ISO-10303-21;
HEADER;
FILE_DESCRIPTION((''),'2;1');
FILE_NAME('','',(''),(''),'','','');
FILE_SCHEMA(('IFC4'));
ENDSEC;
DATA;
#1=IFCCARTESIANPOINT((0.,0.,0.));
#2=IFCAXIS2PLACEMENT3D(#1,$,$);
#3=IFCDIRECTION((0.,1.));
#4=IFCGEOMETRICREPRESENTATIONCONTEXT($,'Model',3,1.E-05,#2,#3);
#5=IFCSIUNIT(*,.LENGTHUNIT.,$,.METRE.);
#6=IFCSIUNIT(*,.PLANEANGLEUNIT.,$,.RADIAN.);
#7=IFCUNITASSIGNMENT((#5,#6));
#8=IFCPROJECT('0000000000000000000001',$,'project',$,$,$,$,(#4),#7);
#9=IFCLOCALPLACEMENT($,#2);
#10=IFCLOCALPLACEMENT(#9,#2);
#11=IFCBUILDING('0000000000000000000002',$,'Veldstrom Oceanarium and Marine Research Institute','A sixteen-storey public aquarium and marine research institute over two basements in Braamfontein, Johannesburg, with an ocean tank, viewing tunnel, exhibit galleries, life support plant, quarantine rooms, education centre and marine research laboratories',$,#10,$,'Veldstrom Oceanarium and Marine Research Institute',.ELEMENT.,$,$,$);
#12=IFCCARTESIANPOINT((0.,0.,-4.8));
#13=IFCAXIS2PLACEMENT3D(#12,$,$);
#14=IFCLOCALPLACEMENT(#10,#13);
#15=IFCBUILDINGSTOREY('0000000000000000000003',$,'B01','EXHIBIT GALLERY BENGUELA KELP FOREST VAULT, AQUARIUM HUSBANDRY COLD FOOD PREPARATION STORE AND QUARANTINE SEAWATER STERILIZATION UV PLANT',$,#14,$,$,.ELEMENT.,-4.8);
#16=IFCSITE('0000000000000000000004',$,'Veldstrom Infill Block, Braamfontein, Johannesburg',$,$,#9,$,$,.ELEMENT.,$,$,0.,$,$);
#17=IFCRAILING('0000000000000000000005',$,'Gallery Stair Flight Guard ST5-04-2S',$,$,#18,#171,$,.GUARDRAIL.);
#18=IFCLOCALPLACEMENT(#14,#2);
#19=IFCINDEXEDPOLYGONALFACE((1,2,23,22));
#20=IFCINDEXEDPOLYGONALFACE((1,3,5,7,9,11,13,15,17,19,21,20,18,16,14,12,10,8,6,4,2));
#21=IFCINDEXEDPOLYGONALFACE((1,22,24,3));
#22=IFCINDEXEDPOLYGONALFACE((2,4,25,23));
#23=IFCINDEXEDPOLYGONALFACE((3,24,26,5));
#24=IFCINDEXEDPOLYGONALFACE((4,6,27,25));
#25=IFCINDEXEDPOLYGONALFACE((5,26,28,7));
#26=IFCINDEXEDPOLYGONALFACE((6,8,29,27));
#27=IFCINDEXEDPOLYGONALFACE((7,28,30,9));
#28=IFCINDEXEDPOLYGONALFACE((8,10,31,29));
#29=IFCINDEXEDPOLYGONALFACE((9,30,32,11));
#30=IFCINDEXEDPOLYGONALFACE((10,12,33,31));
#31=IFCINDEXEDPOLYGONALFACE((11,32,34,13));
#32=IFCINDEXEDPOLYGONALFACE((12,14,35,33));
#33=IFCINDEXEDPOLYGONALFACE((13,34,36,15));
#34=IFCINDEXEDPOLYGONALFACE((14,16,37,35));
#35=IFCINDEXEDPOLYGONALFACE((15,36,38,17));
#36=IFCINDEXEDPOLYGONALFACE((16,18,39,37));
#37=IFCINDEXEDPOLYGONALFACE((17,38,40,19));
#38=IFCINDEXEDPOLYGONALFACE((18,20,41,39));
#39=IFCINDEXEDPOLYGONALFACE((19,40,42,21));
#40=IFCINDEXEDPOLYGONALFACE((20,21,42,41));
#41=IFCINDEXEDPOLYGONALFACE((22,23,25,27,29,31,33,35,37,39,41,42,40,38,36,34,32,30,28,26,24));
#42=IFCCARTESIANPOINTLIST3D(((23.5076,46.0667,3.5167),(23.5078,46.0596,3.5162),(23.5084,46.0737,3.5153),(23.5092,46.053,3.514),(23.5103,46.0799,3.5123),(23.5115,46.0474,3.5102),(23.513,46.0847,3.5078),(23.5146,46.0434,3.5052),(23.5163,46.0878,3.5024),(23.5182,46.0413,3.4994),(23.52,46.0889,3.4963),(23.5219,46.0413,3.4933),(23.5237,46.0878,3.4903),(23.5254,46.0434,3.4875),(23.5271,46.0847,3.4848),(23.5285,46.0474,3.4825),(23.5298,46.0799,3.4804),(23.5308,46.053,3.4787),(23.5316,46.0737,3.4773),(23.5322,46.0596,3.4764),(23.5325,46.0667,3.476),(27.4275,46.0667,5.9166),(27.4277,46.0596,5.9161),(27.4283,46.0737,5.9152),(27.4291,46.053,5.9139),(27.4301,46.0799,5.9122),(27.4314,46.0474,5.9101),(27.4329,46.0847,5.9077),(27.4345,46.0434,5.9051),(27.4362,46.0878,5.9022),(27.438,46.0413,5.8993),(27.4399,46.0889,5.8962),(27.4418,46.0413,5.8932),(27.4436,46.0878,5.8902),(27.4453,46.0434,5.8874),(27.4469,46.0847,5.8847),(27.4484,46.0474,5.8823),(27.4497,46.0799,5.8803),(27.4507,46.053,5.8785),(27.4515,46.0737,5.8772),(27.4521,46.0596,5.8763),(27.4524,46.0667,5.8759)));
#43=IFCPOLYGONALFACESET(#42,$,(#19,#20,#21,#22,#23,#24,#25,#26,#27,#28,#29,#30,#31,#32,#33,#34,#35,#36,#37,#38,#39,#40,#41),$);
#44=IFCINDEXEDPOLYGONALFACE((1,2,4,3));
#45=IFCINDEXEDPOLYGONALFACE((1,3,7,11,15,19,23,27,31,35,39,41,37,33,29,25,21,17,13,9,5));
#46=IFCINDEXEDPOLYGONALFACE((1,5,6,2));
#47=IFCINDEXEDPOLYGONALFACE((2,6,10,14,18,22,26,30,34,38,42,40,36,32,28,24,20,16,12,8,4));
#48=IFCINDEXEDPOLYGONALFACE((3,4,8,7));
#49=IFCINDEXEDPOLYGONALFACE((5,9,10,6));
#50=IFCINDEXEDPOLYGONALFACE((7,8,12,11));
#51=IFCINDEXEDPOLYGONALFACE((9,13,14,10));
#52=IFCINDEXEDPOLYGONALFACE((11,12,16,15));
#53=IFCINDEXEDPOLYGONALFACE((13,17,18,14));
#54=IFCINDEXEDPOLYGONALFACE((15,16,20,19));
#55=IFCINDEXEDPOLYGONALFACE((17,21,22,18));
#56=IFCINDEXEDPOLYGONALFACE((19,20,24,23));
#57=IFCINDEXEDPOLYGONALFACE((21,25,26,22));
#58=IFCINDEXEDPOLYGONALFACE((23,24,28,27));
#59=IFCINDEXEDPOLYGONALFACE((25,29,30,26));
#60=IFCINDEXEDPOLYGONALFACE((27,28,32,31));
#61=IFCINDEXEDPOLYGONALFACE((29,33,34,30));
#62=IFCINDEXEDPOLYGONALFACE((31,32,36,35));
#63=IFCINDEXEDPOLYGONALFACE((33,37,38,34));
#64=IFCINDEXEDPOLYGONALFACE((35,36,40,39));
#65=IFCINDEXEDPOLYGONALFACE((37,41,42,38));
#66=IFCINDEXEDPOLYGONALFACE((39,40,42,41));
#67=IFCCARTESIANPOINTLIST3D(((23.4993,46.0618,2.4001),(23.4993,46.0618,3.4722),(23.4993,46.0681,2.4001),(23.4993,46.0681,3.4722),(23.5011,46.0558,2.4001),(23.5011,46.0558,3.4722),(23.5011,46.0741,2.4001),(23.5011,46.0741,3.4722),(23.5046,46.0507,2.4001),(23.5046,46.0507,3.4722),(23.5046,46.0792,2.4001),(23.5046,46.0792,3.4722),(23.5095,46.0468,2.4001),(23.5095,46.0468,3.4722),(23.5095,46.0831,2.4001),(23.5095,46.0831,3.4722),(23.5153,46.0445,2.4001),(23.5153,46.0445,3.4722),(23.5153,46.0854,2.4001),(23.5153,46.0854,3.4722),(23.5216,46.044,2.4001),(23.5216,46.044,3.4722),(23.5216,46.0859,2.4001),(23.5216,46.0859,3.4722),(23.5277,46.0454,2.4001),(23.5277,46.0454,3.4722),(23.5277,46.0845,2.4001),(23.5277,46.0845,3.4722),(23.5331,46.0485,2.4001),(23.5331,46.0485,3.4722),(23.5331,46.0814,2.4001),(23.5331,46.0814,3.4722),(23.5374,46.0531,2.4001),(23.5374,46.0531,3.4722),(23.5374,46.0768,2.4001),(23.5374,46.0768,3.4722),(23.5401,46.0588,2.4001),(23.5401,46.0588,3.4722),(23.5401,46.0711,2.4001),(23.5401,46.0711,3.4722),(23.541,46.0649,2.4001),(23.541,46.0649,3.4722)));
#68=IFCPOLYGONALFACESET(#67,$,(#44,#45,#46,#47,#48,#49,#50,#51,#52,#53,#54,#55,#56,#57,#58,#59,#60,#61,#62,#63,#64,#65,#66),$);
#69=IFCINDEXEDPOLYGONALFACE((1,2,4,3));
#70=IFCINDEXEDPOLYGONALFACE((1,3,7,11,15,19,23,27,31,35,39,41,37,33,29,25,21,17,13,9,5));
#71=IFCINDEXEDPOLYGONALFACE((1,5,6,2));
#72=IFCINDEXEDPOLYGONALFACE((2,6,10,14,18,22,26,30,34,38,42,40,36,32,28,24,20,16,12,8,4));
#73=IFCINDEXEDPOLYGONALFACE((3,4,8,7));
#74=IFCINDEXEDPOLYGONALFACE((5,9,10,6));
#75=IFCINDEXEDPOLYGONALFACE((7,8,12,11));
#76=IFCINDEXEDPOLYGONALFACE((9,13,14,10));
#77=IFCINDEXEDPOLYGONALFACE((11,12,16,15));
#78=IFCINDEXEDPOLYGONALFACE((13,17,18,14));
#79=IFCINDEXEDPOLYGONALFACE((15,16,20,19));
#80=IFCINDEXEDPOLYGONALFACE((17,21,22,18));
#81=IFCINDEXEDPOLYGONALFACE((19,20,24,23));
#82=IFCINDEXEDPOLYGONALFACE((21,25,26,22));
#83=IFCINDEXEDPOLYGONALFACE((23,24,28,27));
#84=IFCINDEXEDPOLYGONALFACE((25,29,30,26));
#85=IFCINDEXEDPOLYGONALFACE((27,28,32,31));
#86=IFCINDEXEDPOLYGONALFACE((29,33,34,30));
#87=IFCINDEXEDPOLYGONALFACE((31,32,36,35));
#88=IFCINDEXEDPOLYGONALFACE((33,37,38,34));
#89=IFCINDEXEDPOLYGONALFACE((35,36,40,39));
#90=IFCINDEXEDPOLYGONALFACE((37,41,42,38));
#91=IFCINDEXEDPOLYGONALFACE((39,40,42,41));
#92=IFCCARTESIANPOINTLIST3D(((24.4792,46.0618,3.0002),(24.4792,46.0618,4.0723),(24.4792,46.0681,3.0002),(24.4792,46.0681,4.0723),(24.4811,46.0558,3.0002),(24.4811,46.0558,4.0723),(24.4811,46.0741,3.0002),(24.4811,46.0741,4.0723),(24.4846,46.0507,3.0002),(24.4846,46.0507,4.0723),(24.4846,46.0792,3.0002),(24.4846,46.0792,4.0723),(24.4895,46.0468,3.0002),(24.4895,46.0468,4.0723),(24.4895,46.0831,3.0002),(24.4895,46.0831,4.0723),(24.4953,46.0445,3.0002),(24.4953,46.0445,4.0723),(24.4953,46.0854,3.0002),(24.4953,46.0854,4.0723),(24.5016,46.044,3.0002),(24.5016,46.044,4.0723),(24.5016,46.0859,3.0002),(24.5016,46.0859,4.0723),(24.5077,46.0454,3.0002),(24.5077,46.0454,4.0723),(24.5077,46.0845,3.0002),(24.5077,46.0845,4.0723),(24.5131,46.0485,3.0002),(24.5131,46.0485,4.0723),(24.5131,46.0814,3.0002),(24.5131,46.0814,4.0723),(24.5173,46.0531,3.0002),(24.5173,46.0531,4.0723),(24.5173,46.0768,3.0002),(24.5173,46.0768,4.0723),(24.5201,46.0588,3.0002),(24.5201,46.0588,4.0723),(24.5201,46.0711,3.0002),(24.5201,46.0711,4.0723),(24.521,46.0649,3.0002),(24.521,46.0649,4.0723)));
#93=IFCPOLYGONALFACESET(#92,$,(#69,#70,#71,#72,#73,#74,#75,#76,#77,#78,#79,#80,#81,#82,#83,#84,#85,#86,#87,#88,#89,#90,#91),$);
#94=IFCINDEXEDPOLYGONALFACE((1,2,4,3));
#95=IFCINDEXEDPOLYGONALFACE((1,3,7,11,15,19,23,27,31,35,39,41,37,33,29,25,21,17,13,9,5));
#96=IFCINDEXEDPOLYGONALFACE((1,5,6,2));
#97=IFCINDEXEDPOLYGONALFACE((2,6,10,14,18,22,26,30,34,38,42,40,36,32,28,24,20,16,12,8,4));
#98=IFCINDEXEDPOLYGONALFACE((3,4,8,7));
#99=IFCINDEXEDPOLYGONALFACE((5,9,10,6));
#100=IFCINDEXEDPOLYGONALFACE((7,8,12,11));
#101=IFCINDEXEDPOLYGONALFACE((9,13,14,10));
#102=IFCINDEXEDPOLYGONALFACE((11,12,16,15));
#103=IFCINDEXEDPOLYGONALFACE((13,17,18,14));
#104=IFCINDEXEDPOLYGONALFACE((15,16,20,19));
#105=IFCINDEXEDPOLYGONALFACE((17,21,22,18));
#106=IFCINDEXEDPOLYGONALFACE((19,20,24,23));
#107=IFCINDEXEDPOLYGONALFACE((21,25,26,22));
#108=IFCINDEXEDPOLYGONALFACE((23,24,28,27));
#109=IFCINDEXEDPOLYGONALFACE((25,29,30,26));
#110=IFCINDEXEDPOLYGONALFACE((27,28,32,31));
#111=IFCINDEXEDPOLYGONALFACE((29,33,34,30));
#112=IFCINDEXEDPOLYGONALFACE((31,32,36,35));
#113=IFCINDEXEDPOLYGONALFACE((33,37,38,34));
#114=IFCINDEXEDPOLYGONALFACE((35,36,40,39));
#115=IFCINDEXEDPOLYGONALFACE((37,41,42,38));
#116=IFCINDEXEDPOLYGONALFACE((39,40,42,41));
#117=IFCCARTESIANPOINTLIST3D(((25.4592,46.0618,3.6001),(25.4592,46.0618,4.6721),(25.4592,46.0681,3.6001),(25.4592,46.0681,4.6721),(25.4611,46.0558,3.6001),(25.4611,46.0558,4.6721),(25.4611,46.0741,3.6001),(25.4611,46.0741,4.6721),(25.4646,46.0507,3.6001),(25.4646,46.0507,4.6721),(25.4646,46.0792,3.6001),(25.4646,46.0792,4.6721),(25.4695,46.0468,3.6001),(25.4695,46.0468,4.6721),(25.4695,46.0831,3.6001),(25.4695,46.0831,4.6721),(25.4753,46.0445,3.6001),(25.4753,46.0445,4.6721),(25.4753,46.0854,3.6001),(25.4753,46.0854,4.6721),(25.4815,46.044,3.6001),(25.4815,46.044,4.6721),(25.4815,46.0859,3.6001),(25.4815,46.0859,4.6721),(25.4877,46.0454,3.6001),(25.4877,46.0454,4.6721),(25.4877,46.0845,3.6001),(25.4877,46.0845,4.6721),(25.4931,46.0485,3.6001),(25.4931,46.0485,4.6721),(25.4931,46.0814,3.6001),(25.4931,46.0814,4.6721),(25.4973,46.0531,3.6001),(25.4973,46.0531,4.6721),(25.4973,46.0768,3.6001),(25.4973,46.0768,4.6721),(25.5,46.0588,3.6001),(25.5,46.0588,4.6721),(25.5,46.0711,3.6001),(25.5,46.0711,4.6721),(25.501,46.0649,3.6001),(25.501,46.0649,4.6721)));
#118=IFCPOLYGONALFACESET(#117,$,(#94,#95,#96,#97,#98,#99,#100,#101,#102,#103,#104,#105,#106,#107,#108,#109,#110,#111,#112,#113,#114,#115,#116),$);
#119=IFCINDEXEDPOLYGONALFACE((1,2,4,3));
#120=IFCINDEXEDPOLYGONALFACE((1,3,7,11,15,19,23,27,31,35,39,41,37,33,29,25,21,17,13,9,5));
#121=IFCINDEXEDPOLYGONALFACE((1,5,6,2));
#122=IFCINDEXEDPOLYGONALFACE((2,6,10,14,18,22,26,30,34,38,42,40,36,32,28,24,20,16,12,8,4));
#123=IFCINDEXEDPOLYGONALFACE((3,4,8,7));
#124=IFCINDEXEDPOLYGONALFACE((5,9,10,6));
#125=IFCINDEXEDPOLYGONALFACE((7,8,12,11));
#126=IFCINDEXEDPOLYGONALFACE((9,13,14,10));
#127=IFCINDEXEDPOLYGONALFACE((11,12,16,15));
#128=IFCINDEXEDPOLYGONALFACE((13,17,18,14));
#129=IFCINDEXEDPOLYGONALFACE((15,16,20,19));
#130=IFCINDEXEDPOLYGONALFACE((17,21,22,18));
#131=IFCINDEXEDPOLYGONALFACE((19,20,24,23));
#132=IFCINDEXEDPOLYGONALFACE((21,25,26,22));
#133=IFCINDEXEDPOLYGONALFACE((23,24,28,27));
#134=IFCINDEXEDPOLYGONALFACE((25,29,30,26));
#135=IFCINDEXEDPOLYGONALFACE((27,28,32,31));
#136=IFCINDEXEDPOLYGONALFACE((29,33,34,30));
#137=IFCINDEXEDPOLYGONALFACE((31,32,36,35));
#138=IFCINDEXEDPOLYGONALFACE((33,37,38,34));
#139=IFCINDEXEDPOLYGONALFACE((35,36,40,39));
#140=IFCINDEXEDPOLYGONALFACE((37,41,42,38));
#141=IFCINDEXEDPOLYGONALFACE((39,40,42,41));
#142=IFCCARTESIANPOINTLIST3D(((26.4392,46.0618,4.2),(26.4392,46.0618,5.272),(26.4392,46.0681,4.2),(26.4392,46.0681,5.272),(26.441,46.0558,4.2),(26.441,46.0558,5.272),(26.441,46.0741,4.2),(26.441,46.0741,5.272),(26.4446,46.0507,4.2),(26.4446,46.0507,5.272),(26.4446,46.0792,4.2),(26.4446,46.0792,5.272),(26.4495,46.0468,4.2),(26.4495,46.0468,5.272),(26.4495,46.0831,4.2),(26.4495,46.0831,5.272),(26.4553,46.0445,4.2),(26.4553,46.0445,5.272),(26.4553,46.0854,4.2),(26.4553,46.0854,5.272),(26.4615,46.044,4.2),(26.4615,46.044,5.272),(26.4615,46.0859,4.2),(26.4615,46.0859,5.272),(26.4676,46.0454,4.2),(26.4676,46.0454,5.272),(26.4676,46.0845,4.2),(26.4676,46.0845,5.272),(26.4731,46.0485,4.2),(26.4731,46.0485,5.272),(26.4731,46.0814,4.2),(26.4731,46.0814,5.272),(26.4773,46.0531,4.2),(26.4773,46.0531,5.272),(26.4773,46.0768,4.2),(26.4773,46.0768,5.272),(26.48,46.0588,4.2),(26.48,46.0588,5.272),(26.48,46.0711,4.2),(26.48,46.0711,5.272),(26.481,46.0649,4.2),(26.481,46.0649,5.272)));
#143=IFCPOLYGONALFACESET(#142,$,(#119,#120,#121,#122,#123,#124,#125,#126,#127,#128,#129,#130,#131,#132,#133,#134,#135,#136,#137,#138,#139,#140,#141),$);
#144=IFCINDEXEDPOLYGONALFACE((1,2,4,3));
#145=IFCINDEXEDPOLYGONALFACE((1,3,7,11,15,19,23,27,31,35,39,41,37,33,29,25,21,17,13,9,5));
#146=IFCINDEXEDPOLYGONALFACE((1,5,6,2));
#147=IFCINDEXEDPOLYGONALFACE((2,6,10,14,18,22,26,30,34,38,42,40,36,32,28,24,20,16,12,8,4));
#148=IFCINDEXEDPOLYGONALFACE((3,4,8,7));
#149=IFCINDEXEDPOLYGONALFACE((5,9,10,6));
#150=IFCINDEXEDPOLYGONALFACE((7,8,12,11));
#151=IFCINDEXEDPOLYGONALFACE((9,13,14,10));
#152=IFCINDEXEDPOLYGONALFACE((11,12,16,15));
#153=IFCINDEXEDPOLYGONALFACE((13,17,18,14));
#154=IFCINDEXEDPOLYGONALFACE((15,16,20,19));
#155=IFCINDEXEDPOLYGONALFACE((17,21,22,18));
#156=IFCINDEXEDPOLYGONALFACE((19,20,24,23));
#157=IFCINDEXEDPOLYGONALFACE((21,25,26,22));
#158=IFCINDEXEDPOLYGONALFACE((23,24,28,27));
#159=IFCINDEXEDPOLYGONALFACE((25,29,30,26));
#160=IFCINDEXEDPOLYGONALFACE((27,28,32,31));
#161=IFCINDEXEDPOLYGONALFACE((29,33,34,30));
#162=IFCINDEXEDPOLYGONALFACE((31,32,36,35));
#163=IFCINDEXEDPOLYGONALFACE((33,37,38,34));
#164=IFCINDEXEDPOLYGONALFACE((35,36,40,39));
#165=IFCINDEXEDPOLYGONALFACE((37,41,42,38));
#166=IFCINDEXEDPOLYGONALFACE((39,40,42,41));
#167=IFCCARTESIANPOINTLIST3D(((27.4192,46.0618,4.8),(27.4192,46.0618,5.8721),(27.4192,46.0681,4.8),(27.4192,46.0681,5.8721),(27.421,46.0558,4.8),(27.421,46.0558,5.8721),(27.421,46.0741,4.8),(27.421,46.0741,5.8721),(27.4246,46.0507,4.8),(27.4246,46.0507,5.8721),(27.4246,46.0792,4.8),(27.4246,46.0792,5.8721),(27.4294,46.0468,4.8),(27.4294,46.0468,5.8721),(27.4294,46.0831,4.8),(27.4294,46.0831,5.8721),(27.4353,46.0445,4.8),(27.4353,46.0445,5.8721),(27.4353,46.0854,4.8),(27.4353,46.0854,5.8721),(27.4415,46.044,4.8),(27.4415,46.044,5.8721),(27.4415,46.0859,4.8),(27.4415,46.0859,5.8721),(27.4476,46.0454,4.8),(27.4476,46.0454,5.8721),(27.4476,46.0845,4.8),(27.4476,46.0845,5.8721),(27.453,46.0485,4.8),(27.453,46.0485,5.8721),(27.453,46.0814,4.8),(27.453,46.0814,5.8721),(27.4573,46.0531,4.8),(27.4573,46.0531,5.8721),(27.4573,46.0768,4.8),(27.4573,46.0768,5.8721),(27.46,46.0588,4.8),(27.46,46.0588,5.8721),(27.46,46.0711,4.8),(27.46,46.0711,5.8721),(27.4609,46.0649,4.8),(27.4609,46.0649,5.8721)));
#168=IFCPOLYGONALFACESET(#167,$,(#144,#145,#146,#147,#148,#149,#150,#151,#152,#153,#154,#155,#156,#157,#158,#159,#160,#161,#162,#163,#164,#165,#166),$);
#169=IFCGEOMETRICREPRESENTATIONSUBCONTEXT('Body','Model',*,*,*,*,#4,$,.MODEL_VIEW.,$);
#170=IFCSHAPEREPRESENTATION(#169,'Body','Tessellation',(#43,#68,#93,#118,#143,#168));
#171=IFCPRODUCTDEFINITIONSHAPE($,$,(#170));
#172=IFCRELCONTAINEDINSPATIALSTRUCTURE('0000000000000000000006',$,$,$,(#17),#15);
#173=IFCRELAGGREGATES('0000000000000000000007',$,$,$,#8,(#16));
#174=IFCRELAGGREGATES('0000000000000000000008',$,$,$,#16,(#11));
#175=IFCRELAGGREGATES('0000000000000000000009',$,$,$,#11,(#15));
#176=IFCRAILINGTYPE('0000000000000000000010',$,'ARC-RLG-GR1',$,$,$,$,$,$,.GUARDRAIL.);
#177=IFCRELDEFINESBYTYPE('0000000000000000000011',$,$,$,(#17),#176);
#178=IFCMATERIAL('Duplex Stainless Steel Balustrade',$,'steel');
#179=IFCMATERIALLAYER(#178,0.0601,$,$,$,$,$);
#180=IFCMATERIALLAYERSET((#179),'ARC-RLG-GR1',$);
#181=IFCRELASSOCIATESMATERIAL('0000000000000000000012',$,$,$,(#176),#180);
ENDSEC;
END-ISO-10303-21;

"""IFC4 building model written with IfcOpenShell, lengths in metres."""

from ifc_helpers import new_model, si_unit, direction, frame, origin, origin_2d, place, context, subcontext, project, spatial, circle, extrude, material, layer, layer_set, type_object, element, save


model = new_model("IFC4")

# Units and contexts
model_context = context("Model", 3, precision=1e-05, world=origin(), true_north=direction((0.0, 1.0)))
body_context = subcontext(model_context, "Body", "Model", "MODEL_VIEW")
ifc_project = project(units=[si_unit("LENGTHUNIT", "METRE"), si_unit("PLANEANGLEUNIT", "RADIAN")], contexts=[model_context])

# Site, building, storey
site_placement = place(None, origin())
site = spatial("IfcSite", under=ifc_project, at=site_placement, Name="Veldstrom Infill Block, Braamfontein, Johannesburg", CompositionType="ELEMENT", RefElevation=0.0)
building_placement = place(site_placement, origin())
building = spatial("IfcBuilding", under=site, at=building_placement, Name="Veldstrom Oceanarium and Marine Research Institute", Description="A sixteen-storey public aquarium and marine research institute over two basements in Braamfontein, Johannesburg, with an ocean tank, viewing tunnel, exhibit galleries, life support plant, quarantine rooms, education centre and marine research laboratories", LongName="Veldstrom Oceanarium and Marine Research Institute", CompositionType="ELEMENT")
storey_placement = place(building_placement, frame((0.0, 0.0, -4.8)))
storey = spatial("IfcBuildingStorey", under=building, at=storey_placement, Name="B01", Description="EXHIBIT GALLERY BENGUELA KELP FOREST VAULT, AQUARIUM HUSBANDRY COLD FOOD PREPARATION STORE AND QUARANTINE SEAWATER STERILIZATION UV PLANT", CompositionType="ELEMENT", Elevation=-4.8)

# Railing
ifc_material_1 = material(Name="Duplex Stainless Steel Balustrade", Category="steel")
ifc_layer_1 = layer(ifc_material_1, 0.0601)
ifc_layer_set_1 = layer_set([ifc_layer_1], Name="ARC-RLG-GR1")
railing_type = type_object("IfcRailingType", Name="ARC-RLG-GR1", PredefinedType="GUARDRAIL", material=ifc_layer_set_1)
railing_1_placement = place(storey_placement, frame((23.52, 46.0649, 2.4001)))
element("IfcRailing", 1, at=railing_1_placement, inside=storey, type_object=railing_type, Name="Gallery Stair Flight Guard ST5-04-2S", PredefinedType="GUARDRAIL", context=body_context, shape_type="SweptSolid", body=[
    extrude(circle(Radius=0.0239, at=origin_2d()), frame((0.0, 0.0, 1.0962), z_axis=(0.852856, 0.0, 0.522146), x_axis=(0.0, 1.0, 0.0)), (0.0, 0.0, 1.0), 4.5962),
    extrude(circle(Radius=0.021, at=origin_2d()), origin(), (0.0, 0.0, 1.0), 1.072),
    extrude(circle(Radius=0.021, at=origin_2d()), frame((0.98, 0.0, 0.6001)), (0.0, 0.0, 1.0), 1.072),
    extrude(circle(Radius=0.021, at=origin_2d()), frame((1.96, 0.0, 1.2)), (0.0, 0.0, 1.0), 1.072),
    extrude(circle(Radius=0.021, at=origin_2d()), frame((2.9399, 0.0, 1.7998)), (0.0, 0.0, 1.0), 1.072),
    extrude(circle(Radius=0.021, at=origin_2d()), frame((3.9199, 0.0, 2.3999)), (0.0, 0.0, 1.0), 1.072),
])

save(model, "model.ifc")
